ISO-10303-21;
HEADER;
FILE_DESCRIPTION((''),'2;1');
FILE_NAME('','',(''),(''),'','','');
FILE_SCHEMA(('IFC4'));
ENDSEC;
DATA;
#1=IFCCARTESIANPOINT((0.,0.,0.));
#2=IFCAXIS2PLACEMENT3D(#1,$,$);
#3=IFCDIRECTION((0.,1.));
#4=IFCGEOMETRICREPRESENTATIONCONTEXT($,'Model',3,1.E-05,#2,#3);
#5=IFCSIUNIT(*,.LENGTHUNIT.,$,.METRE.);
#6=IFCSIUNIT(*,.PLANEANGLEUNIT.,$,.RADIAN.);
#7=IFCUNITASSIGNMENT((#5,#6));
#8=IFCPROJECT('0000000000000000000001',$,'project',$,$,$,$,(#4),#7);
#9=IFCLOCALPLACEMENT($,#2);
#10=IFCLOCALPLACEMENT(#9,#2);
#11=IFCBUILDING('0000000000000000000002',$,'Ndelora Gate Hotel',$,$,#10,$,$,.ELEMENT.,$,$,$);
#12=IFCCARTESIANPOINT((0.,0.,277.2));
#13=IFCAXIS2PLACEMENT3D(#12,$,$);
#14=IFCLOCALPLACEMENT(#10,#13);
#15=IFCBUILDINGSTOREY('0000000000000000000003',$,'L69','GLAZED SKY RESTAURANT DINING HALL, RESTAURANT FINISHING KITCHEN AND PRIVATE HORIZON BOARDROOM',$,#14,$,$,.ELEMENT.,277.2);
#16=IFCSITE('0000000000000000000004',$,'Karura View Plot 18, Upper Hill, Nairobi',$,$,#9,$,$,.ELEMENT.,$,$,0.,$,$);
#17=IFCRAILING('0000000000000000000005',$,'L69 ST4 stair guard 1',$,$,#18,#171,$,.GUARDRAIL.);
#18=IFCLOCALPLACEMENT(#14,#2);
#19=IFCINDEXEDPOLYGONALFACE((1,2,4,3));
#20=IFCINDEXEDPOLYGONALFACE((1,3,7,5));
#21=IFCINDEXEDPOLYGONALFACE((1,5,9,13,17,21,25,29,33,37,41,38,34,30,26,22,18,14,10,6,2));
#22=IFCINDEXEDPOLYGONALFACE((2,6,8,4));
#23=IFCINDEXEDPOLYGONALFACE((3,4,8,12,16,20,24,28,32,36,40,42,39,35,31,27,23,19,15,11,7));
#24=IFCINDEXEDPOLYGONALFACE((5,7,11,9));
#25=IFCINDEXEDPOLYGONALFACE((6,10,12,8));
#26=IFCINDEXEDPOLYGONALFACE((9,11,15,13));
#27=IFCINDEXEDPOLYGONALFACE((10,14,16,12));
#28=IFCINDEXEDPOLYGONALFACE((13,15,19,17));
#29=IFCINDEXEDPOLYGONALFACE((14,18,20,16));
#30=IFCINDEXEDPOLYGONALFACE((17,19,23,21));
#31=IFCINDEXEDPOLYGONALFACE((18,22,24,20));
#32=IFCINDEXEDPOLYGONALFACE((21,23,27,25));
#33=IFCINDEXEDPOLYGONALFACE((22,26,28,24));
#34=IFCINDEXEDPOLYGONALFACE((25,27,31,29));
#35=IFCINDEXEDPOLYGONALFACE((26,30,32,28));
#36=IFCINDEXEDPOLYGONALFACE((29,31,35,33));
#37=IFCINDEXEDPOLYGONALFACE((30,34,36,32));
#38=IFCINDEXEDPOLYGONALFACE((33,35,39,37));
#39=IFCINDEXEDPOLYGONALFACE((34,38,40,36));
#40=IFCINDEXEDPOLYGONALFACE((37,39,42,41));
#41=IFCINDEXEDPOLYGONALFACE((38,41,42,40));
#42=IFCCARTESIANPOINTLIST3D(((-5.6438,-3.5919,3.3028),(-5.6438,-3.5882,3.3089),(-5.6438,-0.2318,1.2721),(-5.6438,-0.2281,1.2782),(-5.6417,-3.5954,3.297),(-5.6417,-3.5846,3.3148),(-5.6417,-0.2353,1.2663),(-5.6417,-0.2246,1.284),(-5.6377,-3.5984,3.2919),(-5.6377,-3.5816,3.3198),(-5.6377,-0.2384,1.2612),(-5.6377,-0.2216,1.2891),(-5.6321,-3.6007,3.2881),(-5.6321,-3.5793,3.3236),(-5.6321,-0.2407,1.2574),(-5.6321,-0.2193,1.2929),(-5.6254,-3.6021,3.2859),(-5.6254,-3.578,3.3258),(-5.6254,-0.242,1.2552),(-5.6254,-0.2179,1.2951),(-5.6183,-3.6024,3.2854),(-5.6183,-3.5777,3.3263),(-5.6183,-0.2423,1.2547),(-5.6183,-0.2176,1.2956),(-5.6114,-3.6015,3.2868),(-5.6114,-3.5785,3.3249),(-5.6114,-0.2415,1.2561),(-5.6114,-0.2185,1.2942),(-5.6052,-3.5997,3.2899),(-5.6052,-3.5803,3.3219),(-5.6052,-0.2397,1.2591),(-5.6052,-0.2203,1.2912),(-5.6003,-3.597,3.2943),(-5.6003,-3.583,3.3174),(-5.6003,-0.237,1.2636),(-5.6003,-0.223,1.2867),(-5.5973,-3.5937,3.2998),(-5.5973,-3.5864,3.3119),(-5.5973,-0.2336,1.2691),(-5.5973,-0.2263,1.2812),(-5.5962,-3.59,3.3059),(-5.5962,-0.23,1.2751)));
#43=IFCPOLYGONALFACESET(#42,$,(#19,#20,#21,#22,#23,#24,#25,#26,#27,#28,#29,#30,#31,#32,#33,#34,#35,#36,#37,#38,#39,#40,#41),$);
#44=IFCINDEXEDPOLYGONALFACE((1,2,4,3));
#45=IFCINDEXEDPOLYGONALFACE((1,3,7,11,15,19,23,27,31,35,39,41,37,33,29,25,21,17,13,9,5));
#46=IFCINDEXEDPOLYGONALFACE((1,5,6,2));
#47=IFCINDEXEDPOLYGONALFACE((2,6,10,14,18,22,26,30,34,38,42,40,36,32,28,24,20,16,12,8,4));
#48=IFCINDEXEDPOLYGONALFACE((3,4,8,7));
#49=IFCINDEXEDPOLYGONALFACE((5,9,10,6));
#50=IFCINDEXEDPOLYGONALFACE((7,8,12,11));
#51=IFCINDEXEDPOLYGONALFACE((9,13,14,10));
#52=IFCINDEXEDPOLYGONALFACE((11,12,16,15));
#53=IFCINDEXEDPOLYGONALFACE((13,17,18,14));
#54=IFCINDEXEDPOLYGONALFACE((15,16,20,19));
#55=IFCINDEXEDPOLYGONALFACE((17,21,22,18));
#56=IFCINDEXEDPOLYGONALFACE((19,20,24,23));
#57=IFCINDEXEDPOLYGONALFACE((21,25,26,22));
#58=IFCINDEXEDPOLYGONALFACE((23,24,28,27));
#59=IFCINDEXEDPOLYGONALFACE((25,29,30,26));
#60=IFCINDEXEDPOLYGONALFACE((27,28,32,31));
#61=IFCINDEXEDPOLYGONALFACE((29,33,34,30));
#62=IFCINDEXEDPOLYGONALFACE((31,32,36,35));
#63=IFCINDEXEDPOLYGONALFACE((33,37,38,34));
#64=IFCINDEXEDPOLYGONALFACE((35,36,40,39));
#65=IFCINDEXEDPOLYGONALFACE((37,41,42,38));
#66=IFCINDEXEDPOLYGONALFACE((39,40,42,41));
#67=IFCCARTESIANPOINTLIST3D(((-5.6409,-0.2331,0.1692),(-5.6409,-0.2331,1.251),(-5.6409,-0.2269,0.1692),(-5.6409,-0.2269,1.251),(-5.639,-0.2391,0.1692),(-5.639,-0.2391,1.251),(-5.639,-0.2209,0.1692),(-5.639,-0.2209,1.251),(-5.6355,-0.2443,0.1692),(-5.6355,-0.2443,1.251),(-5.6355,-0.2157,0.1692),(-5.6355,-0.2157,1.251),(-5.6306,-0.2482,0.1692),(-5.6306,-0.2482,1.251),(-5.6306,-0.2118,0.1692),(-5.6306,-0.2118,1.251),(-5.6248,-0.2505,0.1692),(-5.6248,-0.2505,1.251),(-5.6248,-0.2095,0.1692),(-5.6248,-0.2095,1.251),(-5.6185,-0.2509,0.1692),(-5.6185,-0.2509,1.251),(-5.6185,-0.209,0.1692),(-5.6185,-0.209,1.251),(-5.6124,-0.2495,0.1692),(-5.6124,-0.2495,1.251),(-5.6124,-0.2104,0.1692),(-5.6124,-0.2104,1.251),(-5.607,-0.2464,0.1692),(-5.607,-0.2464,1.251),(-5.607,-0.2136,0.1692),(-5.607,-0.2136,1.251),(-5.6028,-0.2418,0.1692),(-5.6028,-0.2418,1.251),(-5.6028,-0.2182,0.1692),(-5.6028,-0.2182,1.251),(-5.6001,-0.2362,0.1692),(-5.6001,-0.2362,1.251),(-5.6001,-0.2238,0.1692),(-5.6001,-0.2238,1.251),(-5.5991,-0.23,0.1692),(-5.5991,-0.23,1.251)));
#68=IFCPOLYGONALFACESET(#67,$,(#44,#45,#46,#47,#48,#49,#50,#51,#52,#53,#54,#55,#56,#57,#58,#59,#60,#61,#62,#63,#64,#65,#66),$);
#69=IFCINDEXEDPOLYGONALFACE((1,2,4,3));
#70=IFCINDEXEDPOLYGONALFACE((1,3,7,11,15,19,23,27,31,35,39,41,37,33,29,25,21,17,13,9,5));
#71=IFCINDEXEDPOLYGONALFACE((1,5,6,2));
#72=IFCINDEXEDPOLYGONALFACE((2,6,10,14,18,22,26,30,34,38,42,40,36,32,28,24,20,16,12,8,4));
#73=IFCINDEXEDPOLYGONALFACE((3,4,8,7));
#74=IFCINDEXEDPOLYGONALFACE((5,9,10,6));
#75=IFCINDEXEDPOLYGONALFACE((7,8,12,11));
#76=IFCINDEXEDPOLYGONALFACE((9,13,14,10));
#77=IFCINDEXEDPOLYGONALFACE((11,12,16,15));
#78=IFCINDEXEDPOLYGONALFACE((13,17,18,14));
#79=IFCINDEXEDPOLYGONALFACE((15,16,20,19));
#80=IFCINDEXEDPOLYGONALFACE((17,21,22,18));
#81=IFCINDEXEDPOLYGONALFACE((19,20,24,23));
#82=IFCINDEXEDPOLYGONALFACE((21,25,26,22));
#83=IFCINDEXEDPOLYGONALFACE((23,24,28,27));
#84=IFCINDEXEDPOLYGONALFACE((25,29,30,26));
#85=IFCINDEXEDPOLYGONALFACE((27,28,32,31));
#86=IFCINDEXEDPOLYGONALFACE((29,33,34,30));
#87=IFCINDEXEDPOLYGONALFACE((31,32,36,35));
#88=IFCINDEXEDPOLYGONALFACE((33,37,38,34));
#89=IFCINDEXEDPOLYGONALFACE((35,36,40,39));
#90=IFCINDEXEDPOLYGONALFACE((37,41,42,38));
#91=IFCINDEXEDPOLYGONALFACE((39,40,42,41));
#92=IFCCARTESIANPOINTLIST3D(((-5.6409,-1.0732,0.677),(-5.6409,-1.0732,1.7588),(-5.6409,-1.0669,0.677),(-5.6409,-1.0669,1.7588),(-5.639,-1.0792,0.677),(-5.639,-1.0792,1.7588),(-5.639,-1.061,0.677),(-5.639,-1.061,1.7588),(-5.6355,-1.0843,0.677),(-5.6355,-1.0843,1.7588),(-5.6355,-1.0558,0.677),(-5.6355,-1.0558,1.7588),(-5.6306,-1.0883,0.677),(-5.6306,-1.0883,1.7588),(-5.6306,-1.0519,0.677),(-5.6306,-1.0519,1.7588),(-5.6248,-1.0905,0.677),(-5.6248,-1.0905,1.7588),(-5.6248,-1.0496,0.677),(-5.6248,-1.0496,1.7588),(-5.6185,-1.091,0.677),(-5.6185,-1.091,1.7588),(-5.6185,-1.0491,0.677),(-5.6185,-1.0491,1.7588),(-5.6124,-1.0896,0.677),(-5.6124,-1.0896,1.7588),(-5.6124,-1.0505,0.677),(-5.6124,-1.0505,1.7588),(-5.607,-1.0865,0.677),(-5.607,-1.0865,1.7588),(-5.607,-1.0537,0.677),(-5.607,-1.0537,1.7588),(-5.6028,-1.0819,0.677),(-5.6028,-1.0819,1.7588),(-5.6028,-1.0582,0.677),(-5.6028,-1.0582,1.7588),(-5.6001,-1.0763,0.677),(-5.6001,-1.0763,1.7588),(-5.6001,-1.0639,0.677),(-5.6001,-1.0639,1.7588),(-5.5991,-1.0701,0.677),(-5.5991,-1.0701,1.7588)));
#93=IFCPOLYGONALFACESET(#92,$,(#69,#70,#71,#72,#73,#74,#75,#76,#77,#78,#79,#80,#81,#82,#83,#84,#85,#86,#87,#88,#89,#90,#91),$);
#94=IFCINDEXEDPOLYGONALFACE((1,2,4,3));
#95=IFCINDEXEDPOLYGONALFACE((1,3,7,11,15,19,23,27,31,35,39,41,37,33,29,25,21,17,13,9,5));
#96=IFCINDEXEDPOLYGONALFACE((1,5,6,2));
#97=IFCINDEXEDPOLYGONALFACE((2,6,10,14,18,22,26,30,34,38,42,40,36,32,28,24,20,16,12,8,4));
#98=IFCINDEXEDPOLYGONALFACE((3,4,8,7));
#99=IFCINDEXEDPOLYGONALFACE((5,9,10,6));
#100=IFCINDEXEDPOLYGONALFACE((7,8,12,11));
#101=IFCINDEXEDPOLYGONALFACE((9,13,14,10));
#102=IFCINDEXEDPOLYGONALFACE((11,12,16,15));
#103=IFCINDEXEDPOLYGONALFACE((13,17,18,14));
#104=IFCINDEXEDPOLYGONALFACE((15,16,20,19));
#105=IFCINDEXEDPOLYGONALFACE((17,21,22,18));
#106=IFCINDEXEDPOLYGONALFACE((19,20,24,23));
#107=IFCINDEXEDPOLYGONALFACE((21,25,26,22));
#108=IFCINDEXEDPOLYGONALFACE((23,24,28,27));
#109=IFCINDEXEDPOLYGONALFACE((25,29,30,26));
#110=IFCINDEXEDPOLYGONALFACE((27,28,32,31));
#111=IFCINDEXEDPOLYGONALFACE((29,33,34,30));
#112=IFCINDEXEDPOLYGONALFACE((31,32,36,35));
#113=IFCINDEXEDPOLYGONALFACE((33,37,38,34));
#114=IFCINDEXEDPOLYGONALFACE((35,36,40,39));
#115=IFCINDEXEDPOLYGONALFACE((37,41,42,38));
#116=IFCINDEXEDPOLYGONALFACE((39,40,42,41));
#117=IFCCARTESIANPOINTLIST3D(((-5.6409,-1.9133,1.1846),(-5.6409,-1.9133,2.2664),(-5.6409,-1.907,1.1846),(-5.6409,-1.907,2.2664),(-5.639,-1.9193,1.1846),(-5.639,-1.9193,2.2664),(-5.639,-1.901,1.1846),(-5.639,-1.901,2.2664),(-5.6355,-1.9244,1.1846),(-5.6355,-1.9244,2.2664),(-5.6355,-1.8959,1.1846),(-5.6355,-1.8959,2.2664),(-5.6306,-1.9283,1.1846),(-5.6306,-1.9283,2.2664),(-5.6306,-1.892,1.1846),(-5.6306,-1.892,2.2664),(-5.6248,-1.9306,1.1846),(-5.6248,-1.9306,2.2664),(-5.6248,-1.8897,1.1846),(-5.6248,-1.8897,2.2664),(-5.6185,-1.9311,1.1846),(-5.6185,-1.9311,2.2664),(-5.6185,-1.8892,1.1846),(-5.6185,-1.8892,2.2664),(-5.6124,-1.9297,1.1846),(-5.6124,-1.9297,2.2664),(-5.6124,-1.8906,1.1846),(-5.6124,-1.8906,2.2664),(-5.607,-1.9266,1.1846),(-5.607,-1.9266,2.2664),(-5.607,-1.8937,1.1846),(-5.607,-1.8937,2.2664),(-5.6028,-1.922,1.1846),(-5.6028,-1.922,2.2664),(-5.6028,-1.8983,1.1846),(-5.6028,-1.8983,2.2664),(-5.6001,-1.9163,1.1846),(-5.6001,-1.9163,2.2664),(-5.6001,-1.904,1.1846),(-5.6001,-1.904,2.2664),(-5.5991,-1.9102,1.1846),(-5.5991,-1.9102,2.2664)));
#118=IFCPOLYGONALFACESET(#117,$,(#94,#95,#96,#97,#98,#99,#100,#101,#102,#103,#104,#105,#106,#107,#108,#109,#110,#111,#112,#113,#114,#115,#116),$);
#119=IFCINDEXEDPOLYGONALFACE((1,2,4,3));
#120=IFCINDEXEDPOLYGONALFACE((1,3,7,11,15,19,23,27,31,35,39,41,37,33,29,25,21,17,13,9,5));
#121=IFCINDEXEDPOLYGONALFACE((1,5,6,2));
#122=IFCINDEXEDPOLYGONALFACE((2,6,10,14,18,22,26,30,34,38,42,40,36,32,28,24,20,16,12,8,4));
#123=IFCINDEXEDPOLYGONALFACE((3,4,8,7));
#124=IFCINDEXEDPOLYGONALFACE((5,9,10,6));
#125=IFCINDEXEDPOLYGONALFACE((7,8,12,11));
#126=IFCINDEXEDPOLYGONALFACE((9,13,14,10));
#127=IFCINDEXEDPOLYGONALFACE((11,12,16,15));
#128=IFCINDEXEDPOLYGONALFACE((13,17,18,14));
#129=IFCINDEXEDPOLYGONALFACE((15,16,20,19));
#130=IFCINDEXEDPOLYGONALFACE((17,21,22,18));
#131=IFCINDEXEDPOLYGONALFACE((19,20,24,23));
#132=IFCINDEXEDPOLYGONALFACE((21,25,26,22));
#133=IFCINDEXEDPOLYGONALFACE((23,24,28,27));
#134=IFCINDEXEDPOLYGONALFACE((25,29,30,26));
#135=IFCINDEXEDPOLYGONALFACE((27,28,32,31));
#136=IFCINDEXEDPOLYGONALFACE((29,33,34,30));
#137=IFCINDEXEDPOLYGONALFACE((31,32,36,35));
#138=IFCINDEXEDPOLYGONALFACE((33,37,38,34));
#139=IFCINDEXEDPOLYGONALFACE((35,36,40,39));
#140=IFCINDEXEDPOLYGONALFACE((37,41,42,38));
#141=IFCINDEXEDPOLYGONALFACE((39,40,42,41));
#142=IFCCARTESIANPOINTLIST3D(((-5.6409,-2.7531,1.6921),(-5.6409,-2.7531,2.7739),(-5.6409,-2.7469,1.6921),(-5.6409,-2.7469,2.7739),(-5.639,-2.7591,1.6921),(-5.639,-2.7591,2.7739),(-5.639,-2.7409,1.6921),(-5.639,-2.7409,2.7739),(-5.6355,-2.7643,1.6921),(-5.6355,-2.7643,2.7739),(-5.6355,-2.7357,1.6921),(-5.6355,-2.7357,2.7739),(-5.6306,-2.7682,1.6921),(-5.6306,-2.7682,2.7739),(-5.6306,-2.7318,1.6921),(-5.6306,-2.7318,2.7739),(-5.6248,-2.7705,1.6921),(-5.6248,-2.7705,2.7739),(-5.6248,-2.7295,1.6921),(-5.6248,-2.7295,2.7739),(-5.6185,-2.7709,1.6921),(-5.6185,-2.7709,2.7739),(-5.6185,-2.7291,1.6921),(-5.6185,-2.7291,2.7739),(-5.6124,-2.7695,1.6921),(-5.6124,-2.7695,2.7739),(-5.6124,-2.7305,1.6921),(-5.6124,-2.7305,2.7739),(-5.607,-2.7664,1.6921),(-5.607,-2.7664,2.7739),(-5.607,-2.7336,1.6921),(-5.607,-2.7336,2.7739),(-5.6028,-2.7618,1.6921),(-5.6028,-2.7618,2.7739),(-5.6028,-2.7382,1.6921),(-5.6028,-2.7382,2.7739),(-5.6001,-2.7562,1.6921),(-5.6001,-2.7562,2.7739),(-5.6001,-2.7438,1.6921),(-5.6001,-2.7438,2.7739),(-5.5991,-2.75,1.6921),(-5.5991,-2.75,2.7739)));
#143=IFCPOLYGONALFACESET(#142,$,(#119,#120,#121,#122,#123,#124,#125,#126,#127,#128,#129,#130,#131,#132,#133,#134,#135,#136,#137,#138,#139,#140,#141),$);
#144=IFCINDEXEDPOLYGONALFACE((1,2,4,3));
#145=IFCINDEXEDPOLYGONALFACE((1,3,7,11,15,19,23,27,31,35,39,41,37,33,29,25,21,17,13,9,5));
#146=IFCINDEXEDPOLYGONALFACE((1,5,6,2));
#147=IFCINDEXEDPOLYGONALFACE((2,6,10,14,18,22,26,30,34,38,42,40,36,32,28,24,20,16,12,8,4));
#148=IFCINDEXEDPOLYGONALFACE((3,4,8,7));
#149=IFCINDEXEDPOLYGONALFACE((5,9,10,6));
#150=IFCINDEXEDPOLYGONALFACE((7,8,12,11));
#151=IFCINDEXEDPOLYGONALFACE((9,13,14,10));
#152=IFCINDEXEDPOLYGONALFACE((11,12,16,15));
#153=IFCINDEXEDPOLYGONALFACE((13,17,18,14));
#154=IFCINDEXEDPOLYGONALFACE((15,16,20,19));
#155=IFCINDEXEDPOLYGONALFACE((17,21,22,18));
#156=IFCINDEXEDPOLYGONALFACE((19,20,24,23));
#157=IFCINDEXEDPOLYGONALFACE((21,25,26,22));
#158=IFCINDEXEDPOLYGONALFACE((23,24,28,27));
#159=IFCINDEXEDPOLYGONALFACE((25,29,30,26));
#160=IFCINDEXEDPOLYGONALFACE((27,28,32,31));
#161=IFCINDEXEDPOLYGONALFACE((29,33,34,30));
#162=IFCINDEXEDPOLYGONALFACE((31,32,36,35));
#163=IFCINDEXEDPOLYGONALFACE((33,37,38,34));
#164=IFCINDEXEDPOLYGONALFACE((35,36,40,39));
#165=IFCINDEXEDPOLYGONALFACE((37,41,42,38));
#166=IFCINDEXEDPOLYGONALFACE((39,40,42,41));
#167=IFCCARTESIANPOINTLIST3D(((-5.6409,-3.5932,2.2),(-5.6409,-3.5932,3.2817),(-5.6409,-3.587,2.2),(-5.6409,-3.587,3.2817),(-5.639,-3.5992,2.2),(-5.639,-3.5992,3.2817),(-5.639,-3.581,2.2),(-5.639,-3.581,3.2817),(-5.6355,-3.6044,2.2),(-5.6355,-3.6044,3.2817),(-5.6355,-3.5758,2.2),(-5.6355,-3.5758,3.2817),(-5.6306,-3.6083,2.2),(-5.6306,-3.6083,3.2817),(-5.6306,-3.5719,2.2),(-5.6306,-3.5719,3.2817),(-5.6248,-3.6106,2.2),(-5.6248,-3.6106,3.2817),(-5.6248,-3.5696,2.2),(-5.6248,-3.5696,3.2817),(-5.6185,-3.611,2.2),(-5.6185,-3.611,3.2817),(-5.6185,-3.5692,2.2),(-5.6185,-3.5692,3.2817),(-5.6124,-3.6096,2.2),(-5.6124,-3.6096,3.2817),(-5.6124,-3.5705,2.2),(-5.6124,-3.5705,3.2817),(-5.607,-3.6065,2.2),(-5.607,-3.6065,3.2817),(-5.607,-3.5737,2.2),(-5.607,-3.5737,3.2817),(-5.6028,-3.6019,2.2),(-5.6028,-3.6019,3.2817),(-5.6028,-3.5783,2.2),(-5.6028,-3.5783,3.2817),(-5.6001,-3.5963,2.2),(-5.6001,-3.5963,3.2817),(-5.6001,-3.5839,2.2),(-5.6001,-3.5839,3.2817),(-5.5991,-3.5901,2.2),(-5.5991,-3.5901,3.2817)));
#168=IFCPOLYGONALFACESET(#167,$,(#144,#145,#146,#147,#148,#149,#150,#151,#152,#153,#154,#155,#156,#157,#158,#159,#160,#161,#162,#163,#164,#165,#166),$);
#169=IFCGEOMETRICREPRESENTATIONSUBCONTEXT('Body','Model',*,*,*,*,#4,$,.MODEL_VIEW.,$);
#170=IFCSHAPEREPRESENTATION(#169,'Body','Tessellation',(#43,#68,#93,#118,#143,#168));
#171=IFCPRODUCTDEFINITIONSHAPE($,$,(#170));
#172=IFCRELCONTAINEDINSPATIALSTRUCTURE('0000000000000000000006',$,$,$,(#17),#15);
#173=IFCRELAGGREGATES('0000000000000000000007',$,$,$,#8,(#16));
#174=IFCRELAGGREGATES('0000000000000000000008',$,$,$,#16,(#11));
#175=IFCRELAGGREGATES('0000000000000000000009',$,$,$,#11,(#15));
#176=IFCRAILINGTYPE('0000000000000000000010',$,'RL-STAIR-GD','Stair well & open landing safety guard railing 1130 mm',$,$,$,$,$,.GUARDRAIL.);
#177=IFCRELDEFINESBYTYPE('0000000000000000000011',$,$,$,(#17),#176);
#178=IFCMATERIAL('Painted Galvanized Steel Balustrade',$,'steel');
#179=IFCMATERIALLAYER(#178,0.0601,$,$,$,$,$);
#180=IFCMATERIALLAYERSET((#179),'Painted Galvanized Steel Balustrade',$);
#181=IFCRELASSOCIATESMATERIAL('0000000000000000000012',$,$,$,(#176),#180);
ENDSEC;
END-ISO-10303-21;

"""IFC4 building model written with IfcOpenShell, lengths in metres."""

from ifc_helpers import new_model, si_unit, direction, frame, origin, origin_2d, place, context, subcontext, project, spatial, circle, extrude, material, layer, layer_set, type_object, element, save


model = new_model("IFC4")

# Units and contexts
model_context = context("Model", 3, precision=1e-05, world=origin(), true_north=direction((0.0, 1.0)))
body_context = subcontext(model_context, "Body", "Model", "MODEL_VIEW")
ifc_project = project(units=[si_unit("LENGTHUNIT", "METRE"), si_unit("PLANEANGLEUNIT", "RADIAN")], contexts=[model_context])

# Site, building, storey
site_placement = place(None, origin())
site = spatial("IfcSite", under=ifc_project, at=site_placement, Name="Karura View Plot 18, Upper Hill, Nairobi", CompositionType="ELEMENT", RefElevation=0.0)
building_placement = place(site_placement, origin())
building = spatial("IfcBuilding", under=site, at=building_placement, Name="Ndelora Gate Hotel", CompositionType="ELEMENT")
storey_placement = place(building_placement, frame((0.0, 0.0, 277.2)))
storey = spatial("IfcBuildingStorey", under=building, at=storey_placement, Name="L69", Description="GLAZED SKY RESTAURANT DINING HALL, RESTAURANT FINISHING KITCHEN AND PRIVATE HORIZON BOARDROOM", CompositionType="ELEMENT", Elevation=277.2)

# Railing
ifc_material_1 = material(Name="Painted Galvanized Steel Balustrade", Category="steel")
ifc_layer_1 = layer(ifc_material_1, 0.0601)
ifc_layer_set_1 = layer_set([ifc_layer_1], Name="Painted Galvanized Steel Balustrade")
railing_type_1 = type_object("IfcRailingType", Name="RL-STAIR-GD", Description="Stair well & open landing safety guard railing 1130 mm", PredefinedType="GUARDRAIL", material=ifc_layer_set_1)
railing_1_placement = place(storey_placement, frame((-5.6201, -0.23, 0.1692)))
element("IfcRailing", 1, at=railing_1_placement, inside=storey, type_object=railing_type_1, Name="L69 ST4 stair guard 1", PredefinedType="GUARDRAIL", context=body_context, shape_type="SweptSolid", body=[
    extrude(circle(Radius=0.0239, at=origin_2d()), frame((0.0, 0.0, 1.106), z_axis=(0.0, -0.855837, 0.517246), x_axis=(1.0, 0.0, 0.0)), (0.0, 0.0, 1.0), 3.926),
    extrude(circle(Radius=0.021, at=origin_2d()), origin(), (0.0, 0.0, 1.0), 1.0818),
    extrude(circle(Radius=0.021, at=origin_2d()), frame((0.0, -0.8401, 0.5078)), (0.0, 0.0, 1.0), 1.0818),
    extrude(circle(Radius=0.021, at=origin_2d()), frame((0.0, -1.6802, 1.0154)), (0.0, 0.0, 1.0), 1.0818),
    extrude(circle(Radius=0.021, at=origin_2d()), frame((0.0, -2.52, 1.5229)), (0.0, 0.0, 1.0), 1.0818),
    extrude(circle(Radius=0.021, at=origin_2d()), frame((0.0, -3.3601, 2.0308)), (0.0, 0.0, 1.0), 1.0818),
])

save(model, "model.ifc")
